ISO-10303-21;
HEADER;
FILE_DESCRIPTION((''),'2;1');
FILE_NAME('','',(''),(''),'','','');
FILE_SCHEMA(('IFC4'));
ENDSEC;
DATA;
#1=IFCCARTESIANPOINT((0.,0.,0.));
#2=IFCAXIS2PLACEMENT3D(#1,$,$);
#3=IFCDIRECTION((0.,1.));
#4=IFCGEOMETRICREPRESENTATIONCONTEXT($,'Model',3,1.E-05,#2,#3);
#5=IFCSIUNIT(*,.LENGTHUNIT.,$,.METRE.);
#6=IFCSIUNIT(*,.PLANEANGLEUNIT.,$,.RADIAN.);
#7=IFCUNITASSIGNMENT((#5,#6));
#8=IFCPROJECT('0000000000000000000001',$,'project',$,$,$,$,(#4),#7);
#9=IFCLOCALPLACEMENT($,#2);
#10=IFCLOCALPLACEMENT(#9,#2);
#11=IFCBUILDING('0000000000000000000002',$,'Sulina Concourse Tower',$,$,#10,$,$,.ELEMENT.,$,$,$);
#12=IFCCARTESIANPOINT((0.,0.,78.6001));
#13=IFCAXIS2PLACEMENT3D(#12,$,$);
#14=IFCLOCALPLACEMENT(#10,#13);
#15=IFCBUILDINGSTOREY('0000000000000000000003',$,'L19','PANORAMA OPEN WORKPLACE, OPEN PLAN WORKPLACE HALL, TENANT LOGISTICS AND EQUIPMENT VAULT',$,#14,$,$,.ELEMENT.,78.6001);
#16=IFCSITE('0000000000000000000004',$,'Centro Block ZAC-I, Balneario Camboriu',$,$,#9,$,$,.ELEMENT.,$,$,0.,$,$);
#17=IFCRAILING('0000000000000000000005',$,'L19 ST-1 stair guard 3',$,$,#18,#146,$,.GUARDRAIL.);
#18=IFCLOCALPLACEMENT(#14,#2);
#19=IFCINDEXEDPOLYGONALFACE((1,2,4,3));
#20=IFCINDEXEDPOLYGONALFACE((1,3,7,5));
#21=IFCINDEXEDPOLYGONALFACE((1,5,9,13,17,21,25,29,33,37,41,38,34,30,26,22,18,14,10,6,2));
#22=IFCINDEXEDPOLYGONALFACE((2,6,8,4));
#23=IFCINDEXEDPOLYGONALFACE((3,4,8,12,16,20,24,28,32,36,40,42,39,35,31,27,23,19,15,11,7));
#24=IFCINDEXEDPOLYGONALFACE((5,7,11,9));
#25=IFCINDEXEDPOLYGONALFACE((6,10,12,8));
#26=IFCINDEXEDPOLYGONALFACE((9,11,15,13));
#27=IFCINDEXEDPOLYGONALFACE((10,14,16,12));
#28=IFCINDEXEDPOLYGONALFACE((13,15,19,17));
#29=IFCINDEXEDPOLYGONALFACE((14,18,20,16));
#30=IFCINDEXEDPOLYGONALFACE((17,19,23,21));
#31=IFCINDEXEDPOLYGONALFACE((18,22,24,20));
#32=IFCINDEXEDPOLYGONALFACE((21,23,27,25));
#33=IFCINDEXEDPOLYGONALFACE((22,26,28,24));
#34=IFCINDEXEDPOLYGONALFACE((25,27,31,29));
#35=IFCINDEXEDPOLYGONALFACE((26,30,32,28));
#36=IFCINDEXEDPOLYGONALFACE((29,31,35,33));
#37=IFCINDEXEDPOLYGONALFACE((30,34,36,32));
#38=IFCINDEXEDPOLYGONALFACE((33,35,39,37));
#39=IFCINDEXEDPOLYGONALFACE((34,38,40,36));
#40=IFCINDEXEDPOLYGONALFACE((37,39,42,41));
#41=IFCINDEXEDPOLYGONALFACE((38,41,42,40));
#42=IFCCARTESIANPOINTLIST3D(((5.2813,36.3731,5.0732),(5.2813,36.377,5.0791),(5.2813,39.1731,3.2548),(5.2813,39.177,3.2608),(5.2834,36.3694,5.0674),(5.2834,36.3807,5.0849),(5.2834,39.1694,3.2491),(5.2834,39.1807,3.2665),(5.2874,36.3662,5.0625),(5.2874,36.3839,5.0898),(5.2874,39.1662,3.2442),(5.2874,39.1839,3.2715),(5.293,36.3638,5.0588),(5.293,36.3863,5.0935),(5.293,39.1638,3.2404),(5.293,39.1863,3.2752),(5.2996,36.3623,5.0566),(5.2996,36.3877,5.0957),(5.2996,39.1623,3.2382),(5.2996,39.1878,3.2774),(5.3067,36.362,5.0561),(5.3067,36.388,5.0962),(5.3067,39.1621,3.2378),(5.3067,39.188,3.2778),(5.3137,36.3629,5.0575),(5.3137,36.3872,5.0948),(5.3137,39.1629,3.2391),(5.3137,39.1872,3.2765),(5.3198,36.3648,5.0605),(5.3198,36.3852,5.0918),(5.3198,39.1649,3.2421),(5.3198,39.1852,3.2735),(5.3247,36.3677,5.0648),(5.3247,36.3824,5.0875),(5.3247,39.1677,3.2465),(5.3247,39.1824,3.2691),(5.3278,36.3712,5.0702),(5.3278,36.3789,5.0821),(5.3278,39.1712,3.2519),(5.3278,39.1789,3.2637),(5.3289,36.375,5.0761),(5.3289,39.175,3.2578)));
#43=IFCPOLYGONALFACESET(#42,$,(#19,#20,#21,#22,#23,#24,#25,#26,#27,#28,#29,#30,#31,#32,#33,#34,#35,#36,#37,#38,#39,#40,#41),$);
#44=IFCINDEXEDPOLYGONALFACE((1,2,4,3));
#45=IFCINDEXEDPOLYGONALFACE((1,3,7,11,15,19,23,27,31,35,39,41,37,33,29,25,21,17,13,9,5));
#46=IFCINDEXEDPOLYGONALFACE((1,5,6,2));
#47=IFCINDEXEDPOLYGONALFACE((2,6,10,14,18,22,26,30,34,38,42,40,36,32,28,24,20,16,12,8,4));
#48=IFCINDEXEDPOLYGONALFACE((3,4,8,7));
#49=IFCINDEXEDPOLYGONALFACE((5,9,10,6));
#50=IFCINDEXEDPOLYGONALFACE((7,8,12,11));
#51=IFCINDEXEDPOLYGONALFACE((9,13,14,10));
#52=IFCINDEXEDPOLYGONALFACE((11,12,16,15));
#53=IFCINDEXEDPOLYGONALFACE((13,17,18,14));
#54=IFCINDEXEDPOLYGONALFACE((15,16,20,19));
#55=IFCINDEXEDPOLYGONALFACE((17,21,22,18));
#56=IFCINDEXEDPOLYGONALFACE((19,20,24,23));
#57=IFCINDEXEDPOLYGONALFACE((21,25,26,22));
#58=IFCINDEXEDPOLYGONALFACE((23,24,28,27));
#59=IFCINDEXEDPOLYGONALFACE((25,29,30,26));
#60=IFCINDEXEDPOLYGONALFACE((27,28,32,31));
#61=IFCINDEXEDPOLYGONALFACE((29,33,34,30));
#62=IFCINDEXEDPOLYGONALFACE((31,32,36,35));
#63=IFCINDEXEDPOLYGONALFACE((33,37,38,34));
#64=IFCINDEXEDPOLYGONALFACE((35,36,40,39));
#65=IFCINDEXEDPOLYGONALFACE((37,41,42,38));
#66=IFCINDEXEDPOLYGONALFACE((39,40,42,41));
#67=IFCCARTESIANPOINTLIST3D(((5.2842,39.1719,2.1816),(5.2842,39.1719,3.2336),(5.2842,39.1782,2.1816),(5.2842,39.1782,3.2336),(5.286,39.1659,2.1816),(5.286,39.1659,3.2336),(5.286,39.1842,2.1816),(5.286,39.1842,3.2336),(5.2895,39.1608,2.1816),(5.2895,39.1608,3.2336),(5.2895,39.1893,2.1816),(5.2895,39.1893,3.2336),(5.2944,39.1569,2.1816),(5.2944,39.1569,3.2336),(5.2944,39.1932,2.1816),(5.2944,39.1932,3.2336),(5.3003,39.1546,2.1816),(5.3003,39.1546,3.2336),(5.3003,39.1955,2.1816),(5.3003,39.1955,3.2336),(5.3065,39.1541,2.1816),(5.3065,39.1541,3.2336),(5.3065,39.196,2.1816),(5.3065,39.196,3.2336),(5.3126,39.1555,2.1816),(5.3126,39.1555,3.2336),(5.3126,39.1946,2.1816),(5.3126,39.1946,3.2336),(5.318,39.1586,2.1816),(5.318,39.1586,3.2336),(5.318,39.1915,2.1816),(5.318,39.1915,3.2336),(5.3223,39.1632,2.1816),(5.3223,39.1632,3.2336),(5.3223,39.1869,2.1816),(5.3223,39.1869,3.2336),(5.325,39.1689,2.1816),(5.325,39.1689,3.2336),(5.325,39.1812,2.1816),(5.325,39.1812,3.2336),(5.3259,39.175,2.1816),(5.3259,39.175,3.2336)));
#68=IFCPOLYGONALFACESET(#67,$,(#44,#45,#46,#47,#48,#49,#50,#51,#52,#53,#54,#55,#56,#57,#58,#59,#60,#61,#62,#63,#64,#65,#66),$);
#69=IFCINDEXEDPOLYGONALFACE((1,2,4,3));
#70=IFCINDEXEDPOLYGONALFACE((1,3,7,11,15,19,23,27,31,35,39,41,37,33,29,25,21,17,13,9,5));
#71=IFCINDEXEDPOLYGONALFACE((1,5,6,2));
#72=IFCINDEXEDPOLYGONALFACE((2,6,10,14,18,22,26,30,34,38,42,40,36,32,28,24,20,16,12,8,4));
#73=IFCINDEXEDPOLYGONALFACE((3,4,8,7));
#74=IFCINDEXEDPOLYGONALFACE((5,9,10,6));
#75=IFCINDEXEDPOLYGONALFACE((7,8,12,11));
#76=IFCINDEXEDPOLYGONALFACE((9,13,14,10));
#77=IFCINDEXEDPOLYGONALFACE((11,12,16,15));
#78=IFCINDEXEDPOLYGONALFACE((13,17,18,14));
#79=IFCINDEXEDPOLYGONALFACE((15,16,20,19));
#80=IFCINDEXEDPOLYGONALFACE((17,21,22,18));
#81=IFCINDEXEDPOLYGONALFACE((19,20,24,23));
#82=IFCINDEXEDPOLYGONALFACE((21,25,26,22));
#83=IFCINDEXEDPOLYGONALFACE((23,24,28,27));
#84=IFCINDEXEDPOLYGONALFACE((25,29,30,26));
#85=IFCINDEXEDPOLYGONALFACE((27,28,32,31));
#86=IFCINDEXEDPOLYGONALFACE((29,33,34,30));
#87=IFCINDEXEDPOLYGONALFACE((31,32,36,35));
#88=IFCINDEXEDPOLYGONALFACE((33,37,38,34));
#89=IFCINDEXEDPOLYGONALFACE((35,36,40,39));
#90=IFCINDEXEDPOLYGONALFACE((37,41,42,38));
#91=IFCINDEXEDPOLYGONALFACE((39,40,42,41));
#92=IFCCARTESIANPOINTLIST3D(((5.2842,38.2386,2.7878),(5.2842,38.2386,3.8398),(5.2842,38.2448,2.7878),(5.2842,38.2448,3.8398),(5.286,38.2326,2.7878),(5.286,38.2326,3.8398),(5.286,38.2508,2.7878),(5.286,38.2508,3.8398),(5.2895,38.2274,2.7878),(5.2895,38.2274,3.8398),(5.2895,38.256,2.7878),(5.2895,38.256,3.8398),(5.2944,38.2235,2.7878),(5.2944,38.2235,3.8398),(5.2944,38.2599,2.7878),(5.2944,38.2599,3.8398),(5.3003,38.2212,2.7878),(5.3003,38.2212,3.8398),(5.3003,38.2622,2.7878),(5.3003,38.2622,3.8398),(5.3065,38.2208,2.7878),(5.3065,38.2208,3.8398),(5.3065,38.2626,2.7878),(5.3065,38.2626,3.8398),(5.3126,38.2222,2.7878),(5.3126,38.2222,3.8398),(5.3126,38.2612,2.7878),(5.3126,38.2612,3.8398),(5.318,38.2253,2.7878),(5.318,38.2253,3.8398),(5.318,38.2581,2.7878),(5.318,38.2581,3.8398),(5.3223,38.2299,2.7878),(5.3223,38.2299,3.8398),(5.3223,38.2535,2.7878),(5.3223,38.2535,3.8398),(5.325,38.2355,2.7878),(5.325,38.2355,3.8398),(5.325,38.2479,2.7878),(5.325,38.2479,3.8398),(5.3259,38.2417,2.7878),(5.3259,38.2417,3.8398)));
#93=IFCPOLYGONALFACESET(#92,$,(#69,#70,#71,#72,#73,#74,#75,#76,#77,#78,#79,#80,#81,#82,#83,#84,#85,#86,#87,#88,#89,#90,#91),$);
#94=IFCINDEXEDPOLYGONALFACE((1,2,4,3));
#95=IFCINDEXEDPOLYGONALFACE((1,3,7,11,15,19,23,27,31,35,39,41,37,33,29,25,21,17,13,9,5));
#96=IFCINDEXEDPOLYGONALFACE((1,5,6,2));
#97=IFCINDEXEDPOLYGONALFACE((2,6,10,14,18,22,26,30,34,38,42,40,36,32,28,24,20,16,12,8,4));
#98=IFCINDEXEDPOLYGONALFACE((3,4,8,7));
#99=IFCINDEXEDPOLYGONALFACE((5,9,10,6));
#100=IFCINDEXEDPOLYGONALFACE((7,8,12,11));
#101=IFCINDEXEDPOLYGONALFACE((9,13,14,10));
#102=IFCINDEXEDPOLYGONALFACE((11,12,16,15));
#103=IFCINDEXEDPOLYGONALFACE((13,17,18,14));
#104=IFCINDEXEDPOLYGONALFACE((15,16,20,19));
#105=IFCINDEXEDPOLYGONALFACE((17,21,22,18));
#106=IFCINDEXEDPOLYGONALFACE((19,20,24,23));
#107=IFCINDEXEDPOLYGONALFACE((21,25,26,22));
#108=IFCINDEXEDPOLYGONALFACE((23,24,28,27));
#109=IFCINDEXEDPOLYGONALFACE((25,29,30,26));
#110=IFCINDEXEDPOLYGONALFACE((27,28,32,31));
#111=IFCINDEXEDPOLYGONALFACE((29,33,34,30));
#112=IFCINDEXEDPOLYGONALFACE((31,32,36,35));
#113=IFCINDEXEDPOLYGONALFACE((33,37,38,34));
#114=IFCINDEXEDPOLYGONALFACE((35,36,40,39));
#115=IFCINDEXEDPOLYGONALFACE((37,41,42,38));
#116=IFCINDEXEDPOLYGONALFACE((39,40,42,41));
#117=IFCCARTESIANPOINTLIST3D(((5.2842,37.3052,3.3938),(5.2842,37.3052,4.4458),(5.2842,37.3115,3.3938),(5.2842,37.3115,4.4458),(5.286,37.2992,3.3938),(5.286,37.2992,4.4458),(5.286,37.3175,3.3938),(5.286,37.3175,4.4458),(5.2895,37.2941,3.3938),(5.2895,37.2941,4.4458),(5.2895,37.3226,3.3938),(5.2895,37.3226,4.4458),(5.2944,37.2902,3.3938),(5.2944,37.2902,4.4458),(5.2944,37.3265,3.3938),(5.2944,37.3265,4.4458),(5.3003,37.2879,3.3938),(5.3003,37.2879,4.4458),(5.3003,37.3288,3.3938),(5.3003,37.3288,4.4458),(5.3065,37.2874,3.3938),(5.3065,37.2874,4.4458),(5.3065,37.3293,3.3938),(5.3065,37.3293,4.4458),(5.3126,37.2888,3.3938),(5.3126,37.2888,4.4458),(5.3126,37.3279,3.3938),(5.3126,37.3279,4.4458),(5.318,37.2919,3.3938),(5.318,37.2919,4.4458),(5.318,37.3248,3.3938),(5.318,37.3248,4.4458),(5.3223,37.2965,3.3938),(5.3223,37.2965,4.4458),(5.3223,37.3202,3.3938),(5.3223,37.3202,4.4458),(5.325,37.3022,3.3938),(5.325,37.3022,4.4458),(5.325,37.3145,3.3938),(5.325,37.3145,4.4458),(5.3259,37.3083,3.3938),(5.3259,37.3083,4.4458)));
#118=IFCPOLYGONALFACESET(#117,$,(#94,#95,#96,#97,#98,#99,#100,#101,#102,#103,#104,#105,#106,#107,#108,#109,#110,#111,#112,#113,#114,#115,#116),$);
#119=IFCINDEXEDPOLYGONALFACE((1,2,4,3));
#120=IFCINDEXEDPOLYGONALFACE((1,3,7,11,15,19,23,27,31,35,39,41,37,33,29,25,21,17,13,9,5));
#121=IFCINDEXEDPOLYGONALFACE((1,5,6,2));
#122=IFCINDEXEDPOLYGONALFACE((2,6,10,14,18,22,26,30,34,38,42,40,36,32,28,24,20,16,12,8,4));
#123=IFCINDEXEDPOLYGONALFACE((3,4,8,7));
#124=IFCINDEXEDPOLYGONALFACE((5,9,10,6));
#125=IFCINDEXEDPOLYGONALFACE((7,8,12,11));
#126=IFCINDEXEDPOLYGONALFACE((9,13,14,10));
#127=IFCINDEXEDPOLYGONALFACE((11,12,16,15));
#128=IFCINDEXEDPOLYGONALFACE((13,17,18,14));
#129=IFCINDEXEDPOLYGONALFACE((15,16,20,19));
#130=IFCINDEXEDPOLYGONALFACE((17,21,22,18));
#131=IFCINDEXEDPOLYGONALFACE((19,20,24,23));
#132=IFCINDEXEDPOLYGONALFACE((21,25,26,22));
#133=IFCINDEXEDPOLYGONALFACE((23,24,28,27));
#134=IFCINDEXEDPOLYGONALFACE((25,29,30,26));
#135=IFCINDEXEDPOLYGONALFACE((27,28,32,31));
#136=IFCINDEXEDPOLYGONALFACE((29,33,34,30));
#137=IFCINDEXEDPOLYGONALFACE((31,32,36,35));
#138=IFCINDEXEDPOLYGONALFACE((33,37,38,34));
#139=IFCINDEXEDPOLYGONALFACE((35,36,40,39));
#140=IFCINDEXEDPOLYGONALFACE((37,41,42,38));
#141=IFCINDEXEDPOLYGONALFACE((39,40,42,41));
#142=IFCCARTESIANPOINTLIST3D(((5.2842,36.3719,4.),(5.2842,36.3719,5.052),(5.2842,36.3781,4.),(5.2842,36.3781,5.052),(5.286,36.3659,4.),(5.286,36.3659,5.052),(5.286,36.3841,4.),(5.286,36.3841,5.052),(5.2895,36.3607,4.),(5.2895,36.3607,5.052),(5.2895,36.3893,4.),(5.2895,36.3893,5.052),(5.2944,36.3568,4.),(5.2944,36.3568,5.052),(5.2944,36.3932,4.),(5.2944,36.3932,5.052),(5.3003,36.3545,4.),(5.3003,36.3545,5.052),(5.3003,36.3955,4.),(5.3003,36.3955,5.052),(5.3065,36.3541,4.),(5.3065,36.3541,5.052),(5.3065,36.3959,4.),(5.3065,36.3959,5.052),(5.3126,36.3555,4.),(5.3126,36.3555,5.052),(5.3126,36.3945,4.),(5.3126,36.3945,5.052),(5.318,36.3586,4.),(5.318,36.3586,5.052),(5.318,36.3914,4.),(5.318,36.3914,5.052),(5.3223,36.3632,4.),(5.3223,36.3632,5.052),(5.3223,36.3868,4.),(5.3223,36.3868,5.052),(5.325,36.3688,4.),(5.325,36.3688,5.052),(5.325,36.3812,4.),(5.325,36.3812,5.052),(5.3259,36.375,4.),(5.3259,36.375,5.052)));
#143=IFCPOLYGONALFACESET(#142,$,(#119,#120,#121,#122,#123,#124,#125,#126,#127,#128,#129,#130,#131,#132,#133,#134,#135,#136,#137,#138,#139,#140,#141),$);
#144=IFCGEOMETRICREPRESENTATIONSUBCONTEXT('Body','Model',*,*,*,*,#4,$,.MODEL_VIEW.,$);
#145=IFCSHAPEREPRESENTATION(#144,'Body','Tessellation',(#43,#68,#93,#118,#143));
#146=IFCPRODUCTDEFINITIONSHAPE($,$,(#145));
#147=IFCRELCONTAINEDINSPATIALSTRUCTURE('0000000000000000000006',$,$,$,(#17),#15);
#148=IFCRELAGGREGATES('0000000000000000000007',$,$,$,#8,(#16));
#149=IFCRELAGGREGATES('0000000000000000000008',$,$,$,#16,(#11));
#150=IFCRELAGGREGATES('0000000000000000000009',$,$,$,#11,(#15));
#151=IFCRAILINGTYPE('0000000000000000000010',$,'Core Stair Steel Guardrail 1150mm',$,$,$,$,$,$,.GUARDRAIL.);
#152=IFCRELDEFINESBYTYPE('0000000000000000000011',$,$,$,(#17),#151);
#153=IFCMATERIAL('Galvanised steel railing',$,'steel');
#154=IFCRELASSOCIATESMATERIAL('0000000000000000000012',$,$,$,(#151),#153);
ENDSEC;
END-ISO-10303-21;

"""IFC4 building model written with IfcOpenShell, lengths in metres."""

from ifc_helpers import new_model, si_unit, direction, frame, origin, origin_2d, place, context, subcontext, project, spatial, circle, extrude, material, type_object, element, save


model = new_model("IFC4")

# Units and contexts
model_context = context("Model", 3, precision=1e-05, world=origin(), true_north=direction((0.0, 1.0)))
body_context = subcontext(model_context, "Body", "Model", "MODEL_VIEW")
ifc_project = project(units=[si_unit("LENGTHUNIT", "METRE"), si_unit("PLANEANGLEUNIT", "RADIAN")], contexts=[model_context])

# Site, building, storey
site_placement = place(None, origin())
site = spatial("IfcSite", under=ifc_project, at=site_placement, Name="Centro Block ZAC-I, Balneario Camboriu", CompositionType="ELEMENT", RefElevation=0.0)
building_placement = place(site_placement, origin())
building = spatial("IfcBuilding", under=site, at=building_placement, Name="Sulina Concourse Tower", CompositionType="ELEMENT")
storey_placement = place(building_placement, frame((0.0, 0.0, 78.6001)))
storey = spatial("IfcBuildingStorey", under=building, at=storey_placement, Name="L19", Description="PANORAMA OPEN WORKPLACE, OPEN PLAN WORKPLACE HALL, TENANT LOGISTICS AND EQUIPMENT VAULT", CompositionType="ELEMENT", Elevation=78.6001)

# Railing
ifc_material_1 = material(Name="Galvanised steel railing", Category="steel")
railing_type_1 = type_object("IfcRailingType", Name="Core Stair Steel Guardrail 1150mm", PredefinedType="GUARDRAIL", material=ifc_material_1)
railing_1_placement = place(storey_placement, frame((5.3049, 39.175, 2.1816)))
element("IfcRailing", 1, at=railing_1_placement, inside=storey, type_object=railing_type_1, Name="L19 ST-1 stair guard 3", PredefinedType="GUARDRAIL", context=body_context, shape_type="SweptSolid", body=[
    extrude(circle(Radius=0.0239, at=origin_2d()), frame((0.0, 0.0, 1.0762), z_axis=(0.0, -0.838672, 0.544636), x_axis=(1.0, 0.0, 0.0)), (0.0, 0.0, 1.0), 3.3386),
    extrude(circle(Radius=0.021, at=origin_2d()), origin(), (0.0, 0.0, 1.0), 1.052),
    extrude(circle(Radius=0.021, at=origin_2d()), frame((0.0, -0.9333, 0.6062)), (0.0, 0.0, 1.0), 1.052),
    extrude(circle(Radius=0.021, at=origin_2d()), frame((0.0, -1.8667, 1.2122)), (0.0, 0.0, 1.0), 1.052),
    extrude(circle(Radius=0.021, at=origin_2d()), frame((0.0, -2.8, 1.8184)), (0.0, 0.0, 1.0), 1.052),
])

save(model, "model.ifc")
